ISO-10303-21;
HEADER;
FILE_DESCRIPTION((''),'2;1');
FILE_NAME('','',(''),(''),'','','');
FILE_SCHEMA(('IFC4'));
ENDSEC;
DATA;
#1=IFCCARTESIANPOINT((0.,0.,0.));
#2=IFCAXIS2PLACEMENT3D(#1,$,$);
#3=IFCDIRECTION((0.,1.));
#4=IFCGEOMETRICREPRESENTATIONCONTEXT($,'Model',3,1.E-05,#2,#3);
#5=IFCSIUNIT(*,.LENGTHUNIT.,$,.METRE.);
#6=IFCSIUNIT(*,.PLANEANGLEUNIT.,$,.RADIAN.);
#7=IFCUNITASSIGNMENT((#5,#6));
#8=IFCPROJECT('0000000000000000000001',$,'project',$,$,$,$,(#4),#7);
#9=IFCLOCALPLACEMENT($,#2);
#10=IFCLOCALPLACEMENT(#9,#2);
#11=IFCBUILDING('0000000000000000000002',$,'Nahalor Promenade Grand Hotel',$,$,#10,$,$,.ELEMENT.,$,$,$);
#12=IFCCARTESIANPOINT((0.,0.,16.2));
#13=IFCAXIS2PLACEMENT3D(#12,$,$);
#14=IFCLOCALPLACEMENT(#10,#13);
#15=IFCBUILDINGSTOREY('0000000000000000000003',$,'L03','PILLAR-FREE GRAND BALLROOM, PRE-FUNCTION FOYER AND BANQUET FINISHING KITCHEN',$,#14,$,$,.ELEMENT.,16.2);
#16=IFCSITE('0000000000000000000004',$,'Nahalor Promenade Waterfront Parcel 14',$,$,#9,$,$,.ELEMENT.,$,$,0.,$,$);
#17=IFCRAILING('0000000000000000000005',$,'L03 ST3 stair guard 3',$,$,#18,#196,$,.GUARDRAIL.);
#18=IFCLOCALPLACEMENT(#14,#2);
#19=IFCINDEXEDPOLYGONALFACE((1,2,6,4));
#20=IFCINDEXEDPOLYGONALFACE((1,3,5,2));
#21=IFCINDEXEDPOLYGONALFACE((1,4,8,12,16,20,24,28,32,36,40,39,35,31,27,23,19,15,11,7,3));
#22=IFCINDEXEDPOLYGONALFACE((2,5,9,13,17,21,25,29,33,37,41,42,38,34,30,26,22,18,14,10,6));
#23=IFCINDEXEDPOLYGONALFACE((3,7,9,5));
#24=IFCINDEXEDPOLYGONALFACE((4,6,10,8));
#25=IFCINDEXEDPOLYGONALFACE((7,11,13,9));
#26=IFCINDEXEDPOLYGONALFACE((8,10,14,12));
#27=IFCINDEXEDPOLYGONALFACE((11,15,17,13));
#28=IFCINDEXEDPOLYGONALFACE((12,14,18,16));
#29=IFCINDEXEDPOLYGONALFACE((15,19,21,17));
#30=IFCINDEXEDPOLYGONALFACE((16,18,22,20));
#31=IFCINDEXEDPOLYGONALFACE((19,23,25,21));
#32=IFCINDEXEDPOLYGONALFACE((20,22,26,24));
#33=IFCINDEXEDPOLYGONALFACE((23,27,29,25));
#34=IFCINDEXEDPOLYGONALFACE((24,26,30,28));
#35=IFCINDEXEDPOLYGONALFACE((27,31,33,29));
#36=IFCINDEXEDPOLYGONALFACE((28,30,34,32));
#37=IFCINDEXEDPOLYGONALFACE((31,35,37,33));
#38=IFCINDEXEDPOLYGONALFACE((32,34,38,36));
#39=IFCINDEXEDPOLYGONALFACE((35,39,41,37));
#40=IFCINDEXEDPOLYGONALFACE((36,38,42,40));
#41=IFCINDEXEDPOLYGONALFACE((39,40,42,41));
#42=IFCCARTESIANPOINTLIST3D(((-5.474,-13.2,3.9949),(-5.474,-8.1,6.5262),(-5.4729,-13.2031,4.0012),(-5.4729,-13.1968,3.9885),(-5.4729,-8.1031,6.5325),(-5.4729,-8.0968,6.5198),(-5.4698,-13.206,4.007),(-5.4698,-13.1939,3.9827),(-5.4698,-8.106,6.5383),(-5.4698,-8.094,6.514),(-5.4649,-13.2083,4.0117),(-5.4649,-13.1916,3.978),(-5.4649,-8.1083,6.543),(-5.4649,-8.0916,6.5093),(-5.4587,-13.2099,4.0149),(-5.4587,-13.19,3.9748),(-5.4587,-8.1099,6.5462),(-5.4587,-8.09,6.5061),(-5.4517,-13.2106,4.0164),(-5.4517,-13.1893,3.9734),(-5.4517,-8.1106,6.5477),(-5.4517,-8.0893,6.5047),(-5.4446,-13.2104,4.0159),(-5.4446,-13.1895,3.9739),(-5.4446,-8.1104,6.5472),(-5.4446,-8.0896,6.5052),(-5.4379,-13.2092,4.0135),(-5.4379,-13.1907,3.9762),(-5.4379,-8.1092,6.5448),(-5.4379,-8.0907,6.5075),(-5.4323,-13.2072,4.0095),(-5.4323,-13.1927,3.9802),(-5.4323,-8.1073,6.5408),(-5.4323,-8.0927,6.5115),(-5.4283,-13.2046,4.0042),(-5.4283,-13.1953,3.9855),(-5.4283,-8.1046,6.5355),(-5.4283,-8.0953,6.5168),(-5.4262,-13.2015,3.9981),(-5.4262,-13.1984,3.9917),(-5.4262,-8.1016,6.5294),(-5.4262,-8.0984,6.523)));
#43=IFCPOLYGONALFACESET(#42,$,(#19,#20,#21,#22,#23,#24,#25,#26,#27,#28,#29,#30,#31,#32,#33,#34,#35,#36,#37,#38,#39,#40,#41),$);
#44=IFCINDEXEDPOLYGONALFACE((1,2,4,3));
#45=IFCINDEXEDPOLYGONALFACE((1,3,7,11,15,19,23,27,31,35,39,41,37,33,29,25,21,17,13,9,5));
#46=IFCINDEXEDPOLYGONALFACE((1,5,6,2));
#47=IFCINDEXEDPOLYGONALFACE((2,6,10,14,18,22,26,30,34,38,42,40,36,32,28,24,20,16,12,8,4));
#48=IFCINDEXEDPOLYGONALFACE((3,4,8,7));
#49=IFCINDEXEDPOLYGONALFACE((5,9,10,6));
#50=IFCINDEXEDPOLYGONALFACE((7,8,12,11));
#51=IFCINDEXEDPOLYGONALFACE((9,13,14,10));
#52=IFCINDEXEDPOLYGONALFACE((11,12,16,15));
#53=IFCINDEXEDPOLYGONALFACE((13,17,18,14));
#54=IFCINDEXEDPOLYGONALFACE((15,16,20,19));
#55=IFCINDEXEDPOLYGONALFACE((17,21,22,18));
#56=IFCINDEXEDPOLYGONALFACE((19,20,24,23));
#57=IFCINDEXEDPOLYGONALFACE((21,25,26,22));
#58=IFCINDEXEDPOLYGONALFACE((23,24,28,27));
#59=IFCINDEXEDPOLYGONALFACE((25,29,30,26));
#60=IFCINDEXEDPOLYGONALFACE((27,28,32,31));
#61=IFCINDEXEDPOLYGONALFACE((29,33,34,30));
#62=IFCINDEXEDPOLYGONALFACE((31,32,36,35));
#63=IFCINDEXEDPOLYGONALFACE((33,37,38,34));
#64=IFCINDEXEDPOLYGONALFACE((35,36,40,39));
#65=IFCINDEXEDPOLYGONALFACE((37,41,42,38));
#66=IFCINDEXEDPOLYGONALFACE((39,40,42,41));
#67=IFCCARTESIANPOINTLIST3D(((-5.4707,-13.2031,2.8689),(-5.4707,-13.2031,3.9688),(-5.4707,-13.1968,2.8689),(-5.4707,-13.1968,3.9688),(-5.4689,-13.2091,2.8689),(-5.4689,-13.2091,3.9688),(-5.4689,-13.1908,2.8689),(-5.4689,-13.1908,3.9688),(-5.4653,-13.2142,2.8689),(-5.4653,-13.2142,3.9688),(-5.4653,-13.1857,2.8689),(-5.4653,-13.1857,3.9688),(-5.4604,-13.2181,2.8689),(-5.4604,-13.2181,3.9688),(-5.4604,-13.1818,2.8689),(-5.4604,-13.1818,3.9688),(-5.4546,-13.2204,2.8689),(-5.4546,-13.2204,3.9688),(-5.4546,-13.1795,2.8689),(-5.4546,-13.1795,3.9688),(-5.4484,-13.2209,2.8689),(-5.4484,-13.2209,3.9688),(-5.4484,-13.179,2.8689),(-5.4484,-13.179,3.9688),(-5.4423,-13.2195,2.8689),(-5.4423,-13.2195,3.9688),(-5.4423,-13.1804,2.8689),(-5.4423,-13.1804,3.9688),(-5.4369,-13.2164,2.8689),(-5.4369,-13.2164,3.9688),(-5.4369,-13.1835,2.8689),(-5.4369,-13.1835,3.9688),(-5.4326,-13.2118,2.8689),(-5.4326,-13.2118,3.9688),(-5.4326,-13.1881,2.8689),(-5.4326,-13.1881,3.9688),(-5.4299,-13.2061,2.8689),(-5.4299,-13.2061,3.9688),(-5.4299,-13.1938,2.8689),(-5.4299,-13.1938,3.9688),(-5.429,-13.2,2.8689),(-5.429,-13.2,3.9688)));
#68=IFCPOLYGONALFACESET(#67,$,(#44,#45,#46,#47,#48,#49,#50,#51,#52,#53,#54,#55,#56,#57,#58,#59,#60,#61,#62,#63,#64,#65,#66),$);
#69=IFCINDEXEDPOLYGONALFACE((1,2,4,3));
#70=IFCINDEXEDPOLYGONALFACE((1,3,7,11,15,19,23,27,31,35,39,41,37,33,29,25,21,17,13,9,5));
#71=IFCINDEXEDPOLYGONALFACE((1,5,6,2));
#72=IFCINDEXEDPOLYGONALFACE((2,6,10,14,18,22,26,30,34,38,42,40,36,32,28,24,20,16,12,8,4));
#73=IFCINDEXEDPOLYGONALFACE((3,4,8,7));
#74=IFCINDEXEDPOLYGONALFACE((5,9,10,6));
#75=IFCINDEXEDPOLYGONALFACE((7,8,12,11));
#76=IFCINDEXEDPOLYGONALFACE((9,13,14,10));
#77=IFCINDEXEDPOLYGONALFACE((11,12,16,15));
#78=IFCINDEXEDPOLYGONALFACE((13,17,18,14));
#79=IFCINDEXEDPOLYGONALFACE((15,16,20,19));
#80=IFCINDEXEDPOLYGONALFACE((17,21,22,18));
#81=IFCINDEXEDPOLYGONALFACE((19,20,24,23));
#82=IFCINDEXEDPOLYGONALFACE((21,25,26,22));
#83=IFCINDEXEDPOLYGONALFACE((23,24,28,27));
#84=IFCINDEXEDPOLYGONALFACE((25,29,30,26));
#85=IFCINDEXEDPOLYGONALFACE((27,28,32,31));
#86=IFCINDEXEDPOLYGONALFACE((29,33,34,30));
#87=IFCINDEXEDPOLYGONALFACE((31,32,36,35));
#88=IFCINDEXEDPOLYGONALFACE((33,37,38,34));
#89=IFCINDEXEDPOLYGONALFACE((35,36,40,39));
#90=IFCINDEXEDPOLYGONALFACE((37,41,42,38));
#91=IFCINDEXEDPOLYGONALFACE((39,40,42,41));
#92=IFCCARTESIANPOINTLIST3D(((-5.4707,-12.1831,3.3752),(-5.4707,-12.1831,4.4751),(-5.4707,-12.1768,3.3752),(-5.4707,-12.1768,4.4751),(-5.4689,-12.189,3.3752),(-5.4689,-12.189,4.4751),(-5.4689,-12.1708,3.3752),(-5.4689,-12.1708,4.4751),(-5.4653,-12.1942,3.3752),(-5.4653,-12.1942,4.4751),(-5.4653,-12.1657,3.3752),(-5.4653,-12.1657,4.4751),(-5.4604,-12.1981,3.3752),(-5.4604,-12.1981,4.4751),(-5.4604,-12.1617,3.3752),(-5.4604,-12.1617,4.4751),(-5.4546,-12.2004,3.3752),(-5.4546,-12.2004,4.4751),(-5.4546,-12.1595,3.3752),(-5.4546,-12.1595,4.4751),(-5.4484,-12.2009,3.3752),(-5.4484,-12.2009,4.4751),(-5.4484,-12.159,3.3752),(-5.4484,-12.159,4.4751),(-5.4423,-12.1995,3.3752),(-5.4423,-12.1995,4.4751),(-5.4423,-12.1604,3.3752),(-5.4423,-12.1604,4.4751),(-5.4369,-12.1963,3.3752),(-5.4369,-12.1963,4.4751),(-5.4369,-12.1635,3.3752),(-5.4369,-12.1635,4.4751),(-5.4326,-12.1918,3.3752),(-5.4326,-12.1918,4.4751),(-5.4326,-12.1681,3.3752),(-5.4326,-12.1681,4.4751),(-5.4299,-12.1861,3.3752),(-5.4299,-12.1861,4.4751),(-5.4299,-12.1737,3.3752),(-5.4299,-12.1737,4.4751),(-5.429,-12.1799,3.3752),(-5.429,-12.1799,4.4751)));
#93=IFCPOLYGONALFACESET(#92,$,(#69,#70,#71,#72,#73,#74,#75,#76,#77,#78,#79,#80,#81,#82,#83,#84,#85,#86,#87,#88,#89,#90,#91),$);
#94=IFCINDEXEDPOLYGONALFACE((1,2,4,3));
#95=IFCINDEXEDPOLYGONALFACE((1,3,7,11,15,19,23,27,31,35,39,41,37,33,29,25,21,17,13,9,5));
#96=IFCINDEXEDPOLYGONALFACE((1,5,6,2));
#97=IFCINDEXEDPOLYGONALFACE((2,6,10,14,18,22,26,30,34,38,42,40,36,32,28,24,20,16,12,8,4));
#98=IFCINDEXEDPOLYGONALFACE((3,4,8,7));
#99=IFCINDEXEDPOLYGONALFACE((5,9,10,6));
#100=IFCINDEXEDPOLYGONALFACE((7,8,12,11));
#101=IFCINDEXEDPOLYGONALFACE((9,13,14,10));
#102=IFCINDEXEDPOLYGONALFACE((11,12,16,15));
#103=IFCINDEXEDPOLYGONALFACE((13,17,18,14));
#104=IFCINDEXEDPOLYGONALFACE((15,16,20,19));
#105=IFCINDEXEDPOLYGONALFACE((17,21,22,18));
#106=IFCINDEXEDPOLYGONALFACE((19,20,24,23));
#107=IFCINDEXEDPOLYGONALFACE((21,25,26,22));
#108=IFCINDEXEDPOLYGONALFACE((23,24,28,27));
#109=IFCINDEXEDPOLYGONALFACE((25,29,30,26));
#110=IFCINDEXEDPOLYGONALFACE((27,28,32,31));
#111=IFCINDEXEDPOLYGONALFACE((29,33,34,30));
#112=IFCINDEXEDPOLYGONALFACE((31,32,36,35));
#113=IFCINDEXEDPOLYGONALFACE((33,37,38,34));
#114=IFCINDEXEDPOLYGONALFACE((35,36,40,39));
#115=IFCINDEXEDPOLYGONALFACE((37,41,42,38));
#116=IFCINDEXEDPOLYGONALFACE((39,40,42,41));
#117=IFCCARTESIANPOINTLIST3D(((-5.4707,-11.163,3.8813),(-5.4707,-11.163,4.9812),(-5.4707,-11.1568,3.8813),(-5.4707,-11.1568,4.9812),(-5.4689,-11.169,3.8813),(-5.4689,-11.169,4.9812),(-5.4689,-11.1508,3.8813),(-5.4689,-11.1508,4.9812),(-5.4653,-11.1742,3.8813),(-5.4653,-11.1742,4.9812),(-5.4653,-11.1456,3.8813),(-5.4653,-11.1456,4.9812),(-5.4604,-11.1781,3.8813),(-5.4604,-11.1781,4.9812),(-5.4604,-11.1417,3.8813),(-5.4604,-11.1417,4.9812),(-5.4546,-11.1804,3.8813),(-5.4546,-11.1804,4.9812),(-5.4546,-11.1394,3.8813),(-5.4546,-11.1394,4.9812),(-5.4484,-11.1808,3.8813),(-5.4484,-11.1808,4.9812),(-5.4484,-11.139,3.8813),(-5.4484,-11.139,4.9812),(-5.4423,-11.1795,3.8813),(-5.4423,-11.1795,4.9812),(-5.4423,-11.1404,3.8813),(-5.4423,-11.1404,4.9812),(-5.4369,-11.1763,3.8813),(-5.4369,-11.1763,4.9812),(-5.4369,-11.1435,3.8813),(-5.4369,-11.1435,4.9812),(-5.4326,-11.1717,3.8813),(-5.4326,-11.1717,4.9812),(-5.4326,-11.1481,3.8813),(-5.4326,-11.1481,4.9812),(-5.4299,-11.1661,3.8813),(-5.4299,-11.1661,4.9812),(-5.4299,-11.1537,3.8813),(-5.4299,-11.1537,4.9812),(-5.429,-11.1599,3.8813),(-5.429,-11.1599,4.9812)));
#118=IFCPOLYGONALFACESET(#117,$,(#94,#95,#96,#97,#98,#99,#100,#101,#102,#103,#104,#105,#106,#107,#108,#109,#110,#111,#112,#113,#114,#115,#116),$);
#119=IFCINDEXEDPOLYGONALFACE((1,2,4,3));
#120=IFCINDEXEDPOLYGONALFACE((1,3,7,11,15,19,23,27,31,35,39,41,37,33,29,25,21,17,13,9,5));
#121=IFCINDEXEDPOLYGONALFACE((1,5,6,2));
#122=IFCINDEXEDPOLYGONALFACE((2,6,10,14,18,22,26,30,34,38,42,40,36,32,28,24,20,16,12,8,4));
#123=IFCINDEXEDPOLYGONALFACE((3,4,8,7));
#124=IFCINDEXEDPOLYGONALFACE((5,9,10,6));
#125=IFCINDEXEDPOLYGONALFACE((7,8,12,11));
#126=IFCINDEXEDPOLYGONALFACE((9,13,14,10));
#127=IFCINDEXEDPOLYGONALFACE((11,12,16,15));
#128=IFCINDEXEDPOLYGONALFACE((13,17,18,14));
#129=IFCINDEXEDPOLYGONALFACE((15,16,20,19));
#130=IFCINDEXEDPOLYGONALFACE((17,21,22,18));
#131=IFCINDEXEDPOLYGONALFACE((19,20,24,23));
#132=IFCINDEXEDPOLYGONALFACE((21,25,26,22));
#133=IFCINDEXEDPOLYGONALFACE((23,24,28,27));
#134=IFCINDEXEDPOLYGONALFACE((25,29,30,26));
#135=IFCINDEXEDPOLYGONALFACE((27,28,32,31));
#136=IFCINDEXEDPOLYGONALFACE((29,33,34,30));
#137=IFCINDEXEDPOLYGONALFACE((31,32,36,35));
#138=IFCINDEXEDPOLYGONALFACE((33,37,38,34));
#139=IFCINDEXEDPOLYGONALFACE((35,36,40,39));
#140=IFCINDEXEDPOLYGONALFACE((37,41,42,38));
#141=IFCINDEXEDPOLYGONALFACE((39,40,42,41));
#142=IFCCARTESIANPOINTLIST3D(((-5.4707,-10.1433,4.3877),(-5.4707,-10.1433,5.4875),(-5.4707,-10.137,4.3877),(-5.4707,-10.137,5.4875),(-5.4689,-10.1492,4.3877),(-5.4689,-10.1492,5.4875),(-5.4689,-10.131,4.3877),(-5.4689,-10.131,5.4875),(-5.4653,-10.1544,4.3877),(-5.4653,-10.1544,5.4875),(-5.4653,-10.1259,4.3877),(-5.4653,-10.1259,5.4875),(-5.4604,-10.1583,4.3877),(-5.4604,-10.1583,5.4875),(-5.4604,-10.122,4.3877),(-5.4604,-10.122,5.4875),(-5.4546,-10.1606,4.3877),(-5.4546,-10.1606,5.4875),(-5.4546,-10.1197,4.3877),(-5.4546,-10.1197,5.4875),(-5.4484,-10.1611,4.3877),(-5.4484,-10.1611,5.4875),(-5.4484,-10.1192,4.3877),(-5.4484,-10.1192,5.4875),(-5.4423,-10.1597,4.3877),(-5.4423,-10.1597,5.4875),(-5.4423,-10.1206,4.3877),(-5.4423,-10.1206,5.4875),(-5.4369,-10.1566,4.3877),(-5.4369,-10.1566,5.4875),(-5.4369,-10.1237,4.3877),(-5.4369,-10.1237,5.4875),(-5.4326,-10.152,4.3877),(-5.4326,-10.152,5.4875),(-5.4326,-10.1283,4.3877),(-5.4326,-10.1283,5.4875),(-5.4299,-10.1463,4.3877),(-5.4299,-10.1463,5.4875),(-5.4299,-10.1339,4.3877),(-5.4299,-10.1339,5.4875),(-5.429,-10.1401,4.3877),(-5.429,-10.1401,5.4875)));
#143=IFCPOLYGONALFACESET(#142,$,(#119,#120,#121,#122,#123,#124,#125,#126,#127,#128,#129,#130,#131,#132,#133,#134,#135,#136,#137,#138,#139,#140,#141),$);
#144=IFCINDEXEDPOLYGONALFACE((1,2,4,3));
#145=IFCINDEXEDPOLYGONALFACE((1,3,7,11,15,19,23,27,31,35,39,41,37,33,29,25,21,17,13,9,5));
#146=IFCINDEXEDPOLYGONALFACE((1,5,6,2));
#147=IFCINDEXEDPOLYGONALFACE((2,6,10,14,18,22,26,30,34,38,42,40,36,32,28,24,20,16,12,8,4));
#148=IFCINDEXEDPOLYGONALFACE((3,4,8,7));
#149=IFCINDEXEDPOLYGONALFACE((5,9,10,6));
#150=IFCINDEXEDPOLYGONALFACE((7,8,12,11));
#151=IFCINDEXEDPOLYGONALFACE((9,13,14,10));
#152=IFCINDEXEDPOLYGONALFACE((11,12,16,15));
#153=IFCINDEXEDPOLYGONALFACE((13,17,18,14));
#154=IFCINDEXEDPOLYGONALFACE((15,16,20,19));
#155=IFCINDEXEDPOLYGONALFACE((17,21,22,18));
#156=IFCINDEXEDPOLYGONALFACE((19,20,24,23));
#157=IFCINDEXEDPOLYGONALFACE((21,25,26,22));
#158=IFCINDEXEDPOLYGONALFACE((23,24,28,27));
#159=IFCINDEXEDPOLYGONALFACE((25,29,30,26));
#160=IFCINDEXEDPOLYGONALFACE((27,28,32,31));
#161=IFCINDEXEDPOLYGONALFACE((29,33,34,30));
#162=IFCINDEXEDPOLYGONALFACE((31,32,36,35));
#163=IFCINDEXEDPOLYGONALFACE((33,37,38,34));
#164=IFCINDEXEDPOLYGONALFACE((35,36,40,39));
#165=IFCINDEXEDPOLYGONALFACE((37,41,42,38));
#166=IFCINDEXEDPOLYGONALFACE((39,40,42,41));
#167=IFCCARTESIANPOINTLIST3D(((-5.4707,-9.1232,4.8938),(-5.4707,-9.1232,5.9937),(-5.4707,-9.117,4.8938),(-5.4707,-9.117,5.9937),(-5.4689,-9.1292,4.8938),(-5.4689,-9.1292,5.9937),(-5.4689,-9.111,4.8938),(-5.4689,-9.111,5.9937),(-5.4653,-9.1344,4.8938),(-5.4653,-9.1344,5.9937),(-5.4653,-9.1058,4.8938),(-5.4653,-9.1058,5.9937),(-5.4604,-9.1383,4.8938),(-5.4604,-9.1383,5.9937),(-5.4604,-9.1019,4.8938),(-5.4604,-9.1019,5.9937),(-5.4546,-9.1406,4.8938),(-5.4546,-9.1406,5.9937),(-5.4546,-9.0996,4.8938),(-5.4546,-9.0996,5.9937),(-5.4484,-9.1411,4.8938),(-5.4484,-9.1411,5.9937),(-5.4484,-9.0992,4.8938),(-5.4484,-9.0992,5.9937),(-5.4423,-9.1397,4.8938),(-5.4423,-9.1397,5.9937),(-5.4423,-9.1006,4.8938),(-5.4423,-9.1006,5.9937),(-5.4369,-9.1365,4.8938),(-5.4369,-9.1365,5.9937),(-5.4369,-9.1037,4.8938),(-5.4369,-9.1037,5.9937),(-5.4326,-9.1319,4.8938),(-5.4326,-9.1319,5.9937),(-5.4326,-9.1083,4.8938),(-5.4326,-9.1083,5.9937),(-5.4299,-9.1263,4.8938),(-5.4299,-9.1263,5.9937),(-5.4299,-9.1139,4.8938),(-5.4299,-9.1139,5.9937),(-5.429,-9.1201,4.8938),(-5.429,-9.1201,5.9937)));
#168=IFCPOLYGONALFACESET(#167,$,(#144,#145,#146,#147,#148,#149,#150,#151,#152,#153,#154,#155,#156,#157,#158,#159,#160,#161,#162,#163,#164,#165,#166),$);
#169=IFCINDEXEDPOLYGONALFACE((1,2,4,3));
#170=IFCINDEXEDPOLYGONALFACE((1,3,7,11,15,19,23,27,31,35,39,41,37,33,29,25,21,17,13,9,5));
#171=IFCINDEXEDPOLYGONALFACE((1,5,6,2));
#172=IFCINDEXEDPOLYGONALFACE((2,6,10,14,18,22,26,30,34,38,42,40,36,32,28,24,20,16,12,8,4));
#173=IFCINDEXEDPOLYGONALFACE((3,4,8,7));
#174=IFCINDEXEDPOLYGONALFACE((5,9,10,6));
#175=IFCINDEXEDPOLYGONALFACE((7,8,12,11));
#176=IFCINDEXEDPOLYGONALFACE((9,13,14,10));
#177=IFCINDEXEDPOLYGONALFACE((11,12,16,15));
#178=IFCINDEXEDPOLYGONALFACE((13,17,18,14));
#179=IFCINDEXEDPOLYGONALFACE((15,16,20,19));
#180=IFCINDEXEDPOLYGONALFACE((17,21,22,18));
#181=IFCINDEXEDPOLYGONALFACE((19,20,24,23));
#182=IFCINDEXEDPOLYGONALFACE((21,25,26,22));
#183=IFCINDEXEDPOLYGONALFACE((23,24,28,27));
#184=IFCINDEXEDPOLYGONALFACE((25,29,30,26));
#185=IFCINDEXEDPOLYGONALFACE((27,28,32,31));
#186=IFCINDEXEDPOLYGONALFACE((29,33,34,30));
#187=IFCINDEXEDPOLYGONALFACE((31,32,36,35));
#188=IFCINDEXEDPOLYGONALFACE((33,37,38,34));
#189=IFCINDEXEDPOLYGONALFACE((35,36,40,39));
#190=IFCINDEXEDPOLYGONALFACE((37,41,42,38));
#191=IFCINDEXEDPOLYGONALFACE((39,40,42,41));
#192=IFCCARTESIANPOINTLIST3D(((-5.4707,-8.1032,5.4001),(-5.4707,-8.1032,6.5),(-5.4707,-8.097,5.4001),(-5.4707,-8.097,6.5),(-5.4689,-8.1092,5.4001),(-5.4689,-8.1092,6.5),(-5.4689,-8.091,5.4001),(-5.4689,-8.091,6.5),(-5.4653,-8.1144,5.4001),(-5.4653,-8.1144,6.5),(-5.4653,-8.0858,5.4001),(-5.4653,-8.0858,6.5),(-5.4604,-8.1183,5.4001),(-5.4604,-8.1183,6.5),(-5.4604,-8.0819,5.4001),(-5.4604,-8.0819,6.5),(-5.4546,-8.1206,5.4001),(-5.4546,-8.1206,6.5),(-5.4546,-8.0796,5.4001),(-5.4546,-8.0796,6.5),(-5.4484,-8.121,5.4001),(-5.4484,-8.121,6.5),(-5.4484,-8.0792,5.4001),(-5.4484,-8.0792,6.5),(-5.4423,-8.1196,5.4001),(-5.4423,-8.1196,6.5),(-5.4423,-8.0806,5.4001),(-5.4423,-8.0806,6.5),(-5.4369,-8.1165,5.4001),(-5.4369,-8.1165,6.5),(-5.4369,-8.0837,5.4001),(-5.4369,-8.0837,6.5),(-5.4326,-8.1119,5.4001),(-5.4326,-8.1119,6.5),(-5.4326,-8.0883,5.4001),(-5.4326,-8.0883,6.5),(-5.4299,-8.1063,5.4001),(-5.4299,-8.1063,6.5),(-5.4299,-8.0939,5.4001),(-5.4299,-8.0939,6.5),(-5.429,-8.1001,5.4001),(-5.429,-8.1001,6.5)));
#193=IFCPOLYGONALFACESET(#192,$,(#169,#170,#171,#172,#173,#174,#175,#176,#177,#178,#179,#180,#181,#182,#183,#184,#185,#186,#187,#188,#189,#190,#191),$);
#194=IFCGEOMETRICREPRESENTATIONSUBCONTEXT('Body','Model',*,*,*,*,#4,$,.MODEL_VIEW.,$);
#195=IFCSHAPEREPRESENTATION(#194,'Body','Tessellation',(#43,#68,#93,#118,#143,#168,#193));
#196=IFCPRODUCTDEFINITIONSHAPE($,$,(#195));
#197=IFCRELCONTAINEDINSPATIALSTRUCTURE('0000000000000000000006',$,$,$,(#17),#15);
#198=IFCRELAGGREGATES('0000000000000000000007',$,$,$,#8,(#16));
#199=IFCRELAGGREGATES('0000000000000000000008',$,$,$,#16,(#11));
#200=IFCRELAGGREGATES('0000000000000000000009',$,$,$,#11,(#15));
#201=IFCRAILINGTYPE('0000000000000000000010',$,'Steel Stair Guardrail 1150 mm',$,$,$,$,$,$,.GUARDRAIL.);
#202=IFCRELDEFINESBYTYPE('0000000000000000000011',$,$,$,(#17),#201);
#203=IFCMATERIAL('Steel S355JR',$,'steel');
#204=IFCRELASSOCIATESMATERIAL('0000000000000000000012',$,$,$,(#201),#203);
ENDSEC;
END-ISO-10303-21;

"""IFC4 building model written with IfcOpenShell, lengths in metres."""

from ifc_helpers import new_model, si_unit, direction, frame, origin, origin_2d, place, context, subcontext, project, spatial, circle, extrude, material, type_object, element, save


model = new_model("IFC4")

# Units and contexts
model_context = context("Model", 3, precision=1e-05, world=origin(), true_north=direction((0.0, 1.0)))
body_context = subcontext(model_context, "Body", "Model", "MODEL_VIEW")
ifc_project = project(units=[si_unit("LENGTHUNIT", "METRE"), si_unit("PLANEANGLEUNIT", "RADIAN")], contexts=[model_context])

# Site, building, storey
site_placement = place(None, origin())
site = spatial("IfcSite", under=ifc_project, at=site_placement, Name="Nahalor Promenade Waterfront Parcel 14", CompositionType="ELEMENT", RefElevation=0.0)
building_placement = place(site_placement, origin())
building = spatial("IfcBuilding", under=site, at=building_placement, Name="Nahalor Promenade Grand Hotel", CompositionType="ELEMENT")
storey_placement = place(building_placement, frame((0.0, 0.0, 16.2)))
storey = spatial("IfcBuildingStorey", under=building, at=storey_placement, Name="L03", Description="PILLAR-FREE GRAND BALLROOM, PRE-FUNCTION FOYER AND BANQUET FINISHING KITCHEN", CompositionType="ELEMENT", Elevation=16.2)

# Shared definitions
ifc_material_1 = material(Name="Steel S355JR", Category="steel")

# Railing
railing_type_1 = type_object("IfcRailingType", Name="Steel Stair Guardrail 1150 mm", PredefinedType="GUARDRAIL", material=ifc_material_1)
railing_1_placement = place(storey_placement, frame((-5.45, -13.2, 2.8689)))
element("IfcRailing", 1, at=railing_1_placement, inside=storey, type_object=railing_type_1, Name="L03 ST3 stair guard 3", PredefinedType="GUARDRAIL", context=body_context, shape_type="SweptSolid", body=[
    extrude(circle(Radius=0.024, at=origin_2d()), frame((0.0, 0.0, 1.126), z_axis=(0.0, 0.895735, 0.444587), x_axis=(-1.0, 0.0, 0.0)), (0.0, 0.0, 1.0), 5.6936),
    extrude(circle(Radius=0.021, at=origin_2d()), origin(), (0.0, 0.0, 1.0), 1.0999),
    extrude(circle(Radius=0.021, at=origin_2d()), frame((0.0, 1.02, 0.5063)), (0.0, 0.0, 1.0), 1.0999),
    extrude(circle(Radius=0.021, at=origin_2d()), frame((0.0, 2.04, 1.0125)), (0.0, 0.0, 1.0), 1.0999),
    extrude(circle(Radius=0.021, at=origin_2d()), frame((0.0, 3.0598, 1.5188)), (0.0, 0.0, 1.0), 1.0999),
    extrude(circle(Radius=0.021, at=origin_2d()), frame((0.0, 4.0798, 2.0249)), (0.0, 0.0, 1.0), 1.0999),
    extrude(circle(Radius=0.021, at=origin_2d()), frame((0.0, 5.0999, 2.5312)), (0.0, 0.0, 1.0), 1.0999),
])

save(model, "model.ifc")
